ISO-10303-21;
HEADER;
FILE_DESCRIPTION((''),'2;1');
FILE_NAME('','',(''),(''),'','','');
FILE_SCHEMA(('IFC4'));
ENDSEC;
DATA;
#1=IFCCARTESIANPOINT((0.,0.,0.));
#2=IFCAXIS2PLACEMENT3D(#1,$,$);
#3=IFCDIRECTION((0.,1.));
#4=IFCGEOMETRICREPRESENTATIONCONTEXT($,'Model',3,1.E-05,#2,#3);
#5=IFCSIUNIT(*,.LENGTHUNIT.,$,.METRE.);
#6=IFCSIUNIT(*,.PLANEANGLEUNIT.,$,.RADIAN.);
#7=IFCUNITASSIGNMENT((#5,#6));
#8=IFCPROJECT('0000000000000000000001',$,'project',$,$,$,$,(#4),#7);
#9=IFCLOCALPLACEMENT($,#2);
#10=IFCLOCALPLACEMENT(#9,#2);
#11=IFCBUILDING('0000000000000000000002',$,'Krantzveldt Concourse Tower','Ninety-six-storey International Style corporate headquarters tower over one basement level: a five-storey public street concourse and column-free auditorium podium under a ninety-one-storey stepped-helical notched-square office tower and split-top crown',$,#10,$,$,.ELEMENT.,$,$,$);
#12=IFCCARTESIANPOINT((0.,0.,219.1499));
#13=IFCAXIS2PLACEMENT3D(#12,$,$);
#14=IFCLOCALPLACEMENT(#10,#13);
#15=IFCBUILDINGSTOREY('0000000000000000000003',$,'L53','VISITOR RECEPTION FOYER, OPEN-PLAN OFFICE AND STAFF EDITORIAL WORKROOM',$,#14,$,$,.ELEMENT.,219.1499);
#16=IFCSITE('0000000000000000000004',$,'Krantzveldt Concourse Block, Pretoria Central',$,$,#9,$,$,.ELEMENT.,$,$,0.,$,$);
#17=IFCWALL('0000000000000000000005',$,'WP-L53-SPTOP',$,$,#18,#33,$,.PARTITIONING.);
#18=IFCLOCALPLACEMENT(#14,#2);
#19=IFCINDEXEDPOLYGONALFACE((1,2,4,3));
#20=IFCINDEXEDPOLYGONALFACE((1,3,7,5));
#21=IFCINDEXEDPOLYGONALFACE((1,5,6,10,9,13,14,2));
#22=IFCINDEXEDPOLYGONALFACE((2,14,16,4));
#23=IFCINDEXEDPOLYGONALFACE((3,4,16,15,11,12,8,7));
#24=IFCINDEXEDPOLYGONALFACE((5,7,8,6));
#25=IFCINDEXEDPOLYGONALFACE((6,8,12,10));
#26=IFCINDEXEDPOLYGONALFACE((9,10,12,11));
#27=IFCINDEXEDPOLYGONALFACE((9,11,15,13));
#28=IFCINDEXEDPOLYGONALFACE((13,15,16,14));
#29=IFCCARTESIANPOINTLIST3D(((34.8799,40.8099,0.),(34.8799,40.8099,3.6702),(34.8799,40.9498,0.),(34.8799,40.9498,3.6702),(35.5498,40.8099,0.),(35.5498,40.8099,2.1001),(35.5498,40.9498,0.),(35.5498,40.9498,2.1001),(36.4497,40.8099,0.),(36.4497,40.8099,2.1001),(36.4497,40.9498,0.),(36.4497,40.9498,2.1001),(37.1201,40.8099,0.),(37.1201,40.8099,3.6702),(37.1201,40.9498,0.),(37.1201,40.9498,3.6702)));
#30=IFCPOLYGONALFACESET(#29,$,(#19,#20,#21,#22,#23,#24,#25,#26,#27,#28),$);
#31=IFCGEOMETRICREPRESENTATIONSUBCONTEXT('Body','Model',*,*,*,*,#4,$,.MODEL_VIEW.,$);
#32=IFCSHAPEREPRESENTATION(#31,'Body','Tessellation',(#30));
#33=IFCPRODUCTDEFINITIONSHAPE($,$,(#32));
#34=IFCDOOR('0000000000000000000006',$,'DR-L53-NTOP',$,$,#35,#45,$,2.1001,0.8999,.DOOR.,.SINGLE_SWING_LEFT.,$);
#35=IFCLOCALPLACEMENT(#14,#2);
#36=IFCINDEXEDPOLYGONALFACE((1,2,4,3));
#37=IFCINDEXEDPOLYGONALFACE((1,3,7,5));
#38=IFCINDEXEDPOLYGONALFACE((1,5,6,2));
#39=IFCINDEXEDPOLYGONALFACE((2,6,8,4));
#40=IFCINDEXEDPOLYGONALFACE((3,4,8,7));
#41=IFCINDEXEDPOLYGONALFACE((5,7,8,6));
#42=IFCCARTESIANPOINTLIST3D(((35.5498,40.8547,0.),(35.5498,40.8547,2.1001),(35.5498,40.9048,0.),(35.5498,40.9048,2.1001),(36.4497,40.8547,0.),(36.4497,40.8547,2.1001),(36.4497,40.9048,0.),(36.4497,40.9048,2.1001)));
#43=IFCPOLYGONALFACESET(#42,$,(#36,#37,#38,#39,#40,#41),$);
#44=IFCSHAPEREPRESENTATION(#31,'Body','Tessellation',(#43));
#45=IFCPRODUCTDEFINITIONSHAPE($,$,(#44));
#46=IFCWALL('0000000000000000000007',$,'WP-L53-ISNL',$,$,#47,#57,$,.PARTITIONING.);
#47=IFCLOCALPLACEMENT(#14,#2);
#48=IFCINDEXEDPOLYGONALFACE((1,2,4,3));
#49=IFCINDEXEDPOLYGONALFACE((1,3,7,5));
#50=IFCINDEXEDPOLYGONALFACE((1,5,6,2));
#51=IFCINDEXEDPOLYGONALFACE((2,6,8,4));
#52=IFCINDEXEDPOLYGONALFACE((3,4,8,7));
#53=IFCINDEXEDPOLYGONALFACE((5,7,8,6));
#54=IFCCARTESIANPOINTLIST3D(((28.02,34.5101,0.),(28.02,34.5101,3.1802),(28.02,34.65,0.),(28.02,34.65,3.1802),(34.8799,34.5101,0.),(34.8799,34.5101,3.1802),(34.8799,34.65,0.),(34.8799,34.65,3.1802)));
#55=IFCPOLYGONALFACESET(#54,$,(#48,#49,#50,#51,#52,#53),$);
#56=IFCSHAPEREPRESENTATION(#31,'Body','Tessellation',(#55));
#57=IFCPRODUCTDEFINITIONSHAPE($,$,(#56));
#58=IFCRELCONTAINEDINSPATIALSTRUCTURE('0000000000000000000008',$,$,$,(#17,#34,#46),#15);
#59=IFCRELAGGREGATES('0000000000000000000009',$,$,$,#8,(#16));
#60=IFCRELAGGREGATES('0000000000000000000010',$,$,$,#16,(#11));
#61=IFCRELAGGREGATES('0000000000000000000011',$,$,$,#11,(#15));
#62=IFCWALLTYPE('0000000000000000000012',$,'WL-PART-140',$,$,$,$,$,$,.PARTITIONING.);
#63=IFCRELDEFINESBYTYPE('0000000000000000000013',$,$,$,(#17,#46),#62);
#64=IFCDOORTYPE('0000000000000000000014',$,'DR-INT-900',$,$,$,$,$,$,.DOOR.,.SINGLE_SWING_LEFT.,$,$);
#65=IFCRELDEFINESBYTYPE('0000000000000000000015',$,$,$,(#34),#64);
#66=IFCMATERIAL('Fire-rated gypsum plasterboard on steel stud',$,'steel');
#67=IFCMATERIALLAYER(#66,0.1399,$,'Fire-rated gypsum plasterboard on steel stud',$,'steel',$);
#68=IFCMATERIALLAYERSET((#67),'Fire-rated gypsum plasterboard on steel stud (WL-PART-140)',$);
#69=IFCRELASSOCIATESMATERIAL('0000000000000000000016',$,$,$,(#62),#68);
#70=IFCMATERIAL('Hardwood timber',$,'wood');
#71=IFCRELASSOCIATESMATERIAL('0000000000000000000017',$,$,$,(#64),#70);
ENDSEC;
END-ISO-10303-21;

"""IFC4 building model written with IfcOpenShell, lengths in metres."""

from ifc_helpers import new_model, si_unit, direction, frame, frame_2d, origin, place, context, subcontext, project, spatial, rectangle, extrude, material, layer, layer_set, type_object, element, fill, save


model = new_model("IFC4")

# Units and contexts
model_context = context("Model", 3, precision=1e-05, world=origin(), true_north=direction((0.0, 1.0)))
body_context = subcontext(model_context, "Body", "Model", "MODEL_VIEW")
ifc_project = project(units=[si_unit("LENGTHUNIT", "METRE"), si_unit("PLANEANGLEUNIT", "RADIAN")], contexts=[model_context])

# Site, building, storey
site_placement = place(None, origin())
site = spatial("IfcSite", under=ifc_project, at=site_placement, Name="Krantzveldt Concourse Block, Pretoria Central", CompositionType="ELEMENT", RefElevation=0.0)
building_placement = place(site_placement, origin())
building = spatial("IfcBuilding", under=site, at=building_placement, Name="Krantzveldt Concourse Tower", Description="Ninety-six-storey International Style corporate headquarters tower over one basement level: a five-storey public street concourse and column-free auditorium podium under a ninety-one-storey stepped-helical notched-square office tower and split-top crown", CompositionType="ELEMENT")
storey_placement = place(building_placement, frame((0.0, 0.0, 219.1499)))
storey = spatial("IfcBuildingStorey", under=building, at=storey_placement, Name="L53", Description="VISITOR RECEPTION FOYER, OPEN-PLAN OFFICE AND STAFF EDITORIAL WORKROOM", CompositionType="ELEMENT", Elevation=219.1499)

# Shared definitions
ifc_material_1 = material(Name="Fire-rated gypsum plasterboard on steel stud", Category="steel")

# Wall, opening, door
ifc_layer_1 = layer(ifc_material_1, 0.1399, Name="Fire-rated gypsum plasterboard on steel stud", Category="steel")
ifc_layer_set_1 = layer_set([ifc_layer_1], Name="Fire-rated gypsum plasterboard on steel stud (WL-PART-140)")
wall_type_1 = type_object("IfcWallType", Name="WL-PART-140", PredefinedType="PARTITIONING", material=ifc_layer_set_1)
wall_1_placement = place(storey_placement, frame((34.8799, 40.8799, 0.0), z_axis=(0.0, 0.0, 1.0), x_axis=(1.0, 0.0, 0.0)))
wall_1 = element("IfcWall", 1, at=wall_1_placement, inside=storey, type_object=wall_type_1, Name="WP-L53-SPTOP", PredefinedType="PARTITIONING", context=body_context, shape_type="SweptSolid", body=[
    extrude(rectangle(XDim=2.2402, YDim=0.1399, at=frame_2d((1.1201, 0.0))), origin(), (0.0, 0.0, 1.0), 3.6702),
])
opening_placement = place(wall_1_placement, frame((0.6699, 0.0, 0.0)))
opening = element("IfcOpeningElement", 2, at=opening_placement, cuts=wall_1, PredefinedType="OPENING", context=body_context, shape_type="SweptSolid", body=[
    extrude(rectangle(XDim=0.8999, YDim=2.1001, at=frame_2d((0.45, 1.05))), frame((0.0, 0.0801, 0.0), z_axis=(0.0, -1.0, 0.0), x_axis=(1.0, 0.0, 0.0)), (0.0, 0.0, 1.0), 0.1599),
])
ifc_material_2 = material(Name="Hardwood timber", Category="wood")
door_type = type_object("IfcDoorType", Name="DR-INT-900", OperationType="SINGLE_SWING_LEFT", PredefinedType="DOOR", material=ifc_material_2)
door_placement = place(opening_placement, origin())
door = element("IfcDoor", 3, at=door_placement, inside=storey, type_object=door_type, Name="DR-L53-NTOP", OperationType="SINGLE_SWING_LEFT", OverallHeight=2.1001, OverallWidth=0.8999, PredefinedType="DOOR", context=body_context, shape_type="SweptSolid", body=[
    extrude(rectangle(XDim=0.8999, YDim=2.1001, at=frame_2d((0.45, 1.05))), frame((0.0, 0.0249, 0.0), z_axis=(0.0, -1.0, 0.0), x_axis=(1.0, 0.0, 0.0)), (0.0, 0.0, 1.0), 0.05),
])
fill(opening, door)

# Wall
wall_2_placement = place(storey_placement, frame((28.02, 34.5801, 0.0), z_axis=(0.0, 0.0, 1.0), x_axis=(1.0, 0.0, 0.0)))
element("IfcWall", 4, at=wall_2_placement, inside=storey, type_object=wall_type_1, Name="WP-L53-ISNL", PredefinedType="PARTITIONING", context=body_context, shape_type="SweptSolid", body=[
    extrude(rectangle(XDim=6.8599, YDim=0.1399, at=frame_2d((3.4299, 0.0))), origin(), (0.0, 0.0, 1.0), 3.1802),
])

save(model, "model.ifc")
